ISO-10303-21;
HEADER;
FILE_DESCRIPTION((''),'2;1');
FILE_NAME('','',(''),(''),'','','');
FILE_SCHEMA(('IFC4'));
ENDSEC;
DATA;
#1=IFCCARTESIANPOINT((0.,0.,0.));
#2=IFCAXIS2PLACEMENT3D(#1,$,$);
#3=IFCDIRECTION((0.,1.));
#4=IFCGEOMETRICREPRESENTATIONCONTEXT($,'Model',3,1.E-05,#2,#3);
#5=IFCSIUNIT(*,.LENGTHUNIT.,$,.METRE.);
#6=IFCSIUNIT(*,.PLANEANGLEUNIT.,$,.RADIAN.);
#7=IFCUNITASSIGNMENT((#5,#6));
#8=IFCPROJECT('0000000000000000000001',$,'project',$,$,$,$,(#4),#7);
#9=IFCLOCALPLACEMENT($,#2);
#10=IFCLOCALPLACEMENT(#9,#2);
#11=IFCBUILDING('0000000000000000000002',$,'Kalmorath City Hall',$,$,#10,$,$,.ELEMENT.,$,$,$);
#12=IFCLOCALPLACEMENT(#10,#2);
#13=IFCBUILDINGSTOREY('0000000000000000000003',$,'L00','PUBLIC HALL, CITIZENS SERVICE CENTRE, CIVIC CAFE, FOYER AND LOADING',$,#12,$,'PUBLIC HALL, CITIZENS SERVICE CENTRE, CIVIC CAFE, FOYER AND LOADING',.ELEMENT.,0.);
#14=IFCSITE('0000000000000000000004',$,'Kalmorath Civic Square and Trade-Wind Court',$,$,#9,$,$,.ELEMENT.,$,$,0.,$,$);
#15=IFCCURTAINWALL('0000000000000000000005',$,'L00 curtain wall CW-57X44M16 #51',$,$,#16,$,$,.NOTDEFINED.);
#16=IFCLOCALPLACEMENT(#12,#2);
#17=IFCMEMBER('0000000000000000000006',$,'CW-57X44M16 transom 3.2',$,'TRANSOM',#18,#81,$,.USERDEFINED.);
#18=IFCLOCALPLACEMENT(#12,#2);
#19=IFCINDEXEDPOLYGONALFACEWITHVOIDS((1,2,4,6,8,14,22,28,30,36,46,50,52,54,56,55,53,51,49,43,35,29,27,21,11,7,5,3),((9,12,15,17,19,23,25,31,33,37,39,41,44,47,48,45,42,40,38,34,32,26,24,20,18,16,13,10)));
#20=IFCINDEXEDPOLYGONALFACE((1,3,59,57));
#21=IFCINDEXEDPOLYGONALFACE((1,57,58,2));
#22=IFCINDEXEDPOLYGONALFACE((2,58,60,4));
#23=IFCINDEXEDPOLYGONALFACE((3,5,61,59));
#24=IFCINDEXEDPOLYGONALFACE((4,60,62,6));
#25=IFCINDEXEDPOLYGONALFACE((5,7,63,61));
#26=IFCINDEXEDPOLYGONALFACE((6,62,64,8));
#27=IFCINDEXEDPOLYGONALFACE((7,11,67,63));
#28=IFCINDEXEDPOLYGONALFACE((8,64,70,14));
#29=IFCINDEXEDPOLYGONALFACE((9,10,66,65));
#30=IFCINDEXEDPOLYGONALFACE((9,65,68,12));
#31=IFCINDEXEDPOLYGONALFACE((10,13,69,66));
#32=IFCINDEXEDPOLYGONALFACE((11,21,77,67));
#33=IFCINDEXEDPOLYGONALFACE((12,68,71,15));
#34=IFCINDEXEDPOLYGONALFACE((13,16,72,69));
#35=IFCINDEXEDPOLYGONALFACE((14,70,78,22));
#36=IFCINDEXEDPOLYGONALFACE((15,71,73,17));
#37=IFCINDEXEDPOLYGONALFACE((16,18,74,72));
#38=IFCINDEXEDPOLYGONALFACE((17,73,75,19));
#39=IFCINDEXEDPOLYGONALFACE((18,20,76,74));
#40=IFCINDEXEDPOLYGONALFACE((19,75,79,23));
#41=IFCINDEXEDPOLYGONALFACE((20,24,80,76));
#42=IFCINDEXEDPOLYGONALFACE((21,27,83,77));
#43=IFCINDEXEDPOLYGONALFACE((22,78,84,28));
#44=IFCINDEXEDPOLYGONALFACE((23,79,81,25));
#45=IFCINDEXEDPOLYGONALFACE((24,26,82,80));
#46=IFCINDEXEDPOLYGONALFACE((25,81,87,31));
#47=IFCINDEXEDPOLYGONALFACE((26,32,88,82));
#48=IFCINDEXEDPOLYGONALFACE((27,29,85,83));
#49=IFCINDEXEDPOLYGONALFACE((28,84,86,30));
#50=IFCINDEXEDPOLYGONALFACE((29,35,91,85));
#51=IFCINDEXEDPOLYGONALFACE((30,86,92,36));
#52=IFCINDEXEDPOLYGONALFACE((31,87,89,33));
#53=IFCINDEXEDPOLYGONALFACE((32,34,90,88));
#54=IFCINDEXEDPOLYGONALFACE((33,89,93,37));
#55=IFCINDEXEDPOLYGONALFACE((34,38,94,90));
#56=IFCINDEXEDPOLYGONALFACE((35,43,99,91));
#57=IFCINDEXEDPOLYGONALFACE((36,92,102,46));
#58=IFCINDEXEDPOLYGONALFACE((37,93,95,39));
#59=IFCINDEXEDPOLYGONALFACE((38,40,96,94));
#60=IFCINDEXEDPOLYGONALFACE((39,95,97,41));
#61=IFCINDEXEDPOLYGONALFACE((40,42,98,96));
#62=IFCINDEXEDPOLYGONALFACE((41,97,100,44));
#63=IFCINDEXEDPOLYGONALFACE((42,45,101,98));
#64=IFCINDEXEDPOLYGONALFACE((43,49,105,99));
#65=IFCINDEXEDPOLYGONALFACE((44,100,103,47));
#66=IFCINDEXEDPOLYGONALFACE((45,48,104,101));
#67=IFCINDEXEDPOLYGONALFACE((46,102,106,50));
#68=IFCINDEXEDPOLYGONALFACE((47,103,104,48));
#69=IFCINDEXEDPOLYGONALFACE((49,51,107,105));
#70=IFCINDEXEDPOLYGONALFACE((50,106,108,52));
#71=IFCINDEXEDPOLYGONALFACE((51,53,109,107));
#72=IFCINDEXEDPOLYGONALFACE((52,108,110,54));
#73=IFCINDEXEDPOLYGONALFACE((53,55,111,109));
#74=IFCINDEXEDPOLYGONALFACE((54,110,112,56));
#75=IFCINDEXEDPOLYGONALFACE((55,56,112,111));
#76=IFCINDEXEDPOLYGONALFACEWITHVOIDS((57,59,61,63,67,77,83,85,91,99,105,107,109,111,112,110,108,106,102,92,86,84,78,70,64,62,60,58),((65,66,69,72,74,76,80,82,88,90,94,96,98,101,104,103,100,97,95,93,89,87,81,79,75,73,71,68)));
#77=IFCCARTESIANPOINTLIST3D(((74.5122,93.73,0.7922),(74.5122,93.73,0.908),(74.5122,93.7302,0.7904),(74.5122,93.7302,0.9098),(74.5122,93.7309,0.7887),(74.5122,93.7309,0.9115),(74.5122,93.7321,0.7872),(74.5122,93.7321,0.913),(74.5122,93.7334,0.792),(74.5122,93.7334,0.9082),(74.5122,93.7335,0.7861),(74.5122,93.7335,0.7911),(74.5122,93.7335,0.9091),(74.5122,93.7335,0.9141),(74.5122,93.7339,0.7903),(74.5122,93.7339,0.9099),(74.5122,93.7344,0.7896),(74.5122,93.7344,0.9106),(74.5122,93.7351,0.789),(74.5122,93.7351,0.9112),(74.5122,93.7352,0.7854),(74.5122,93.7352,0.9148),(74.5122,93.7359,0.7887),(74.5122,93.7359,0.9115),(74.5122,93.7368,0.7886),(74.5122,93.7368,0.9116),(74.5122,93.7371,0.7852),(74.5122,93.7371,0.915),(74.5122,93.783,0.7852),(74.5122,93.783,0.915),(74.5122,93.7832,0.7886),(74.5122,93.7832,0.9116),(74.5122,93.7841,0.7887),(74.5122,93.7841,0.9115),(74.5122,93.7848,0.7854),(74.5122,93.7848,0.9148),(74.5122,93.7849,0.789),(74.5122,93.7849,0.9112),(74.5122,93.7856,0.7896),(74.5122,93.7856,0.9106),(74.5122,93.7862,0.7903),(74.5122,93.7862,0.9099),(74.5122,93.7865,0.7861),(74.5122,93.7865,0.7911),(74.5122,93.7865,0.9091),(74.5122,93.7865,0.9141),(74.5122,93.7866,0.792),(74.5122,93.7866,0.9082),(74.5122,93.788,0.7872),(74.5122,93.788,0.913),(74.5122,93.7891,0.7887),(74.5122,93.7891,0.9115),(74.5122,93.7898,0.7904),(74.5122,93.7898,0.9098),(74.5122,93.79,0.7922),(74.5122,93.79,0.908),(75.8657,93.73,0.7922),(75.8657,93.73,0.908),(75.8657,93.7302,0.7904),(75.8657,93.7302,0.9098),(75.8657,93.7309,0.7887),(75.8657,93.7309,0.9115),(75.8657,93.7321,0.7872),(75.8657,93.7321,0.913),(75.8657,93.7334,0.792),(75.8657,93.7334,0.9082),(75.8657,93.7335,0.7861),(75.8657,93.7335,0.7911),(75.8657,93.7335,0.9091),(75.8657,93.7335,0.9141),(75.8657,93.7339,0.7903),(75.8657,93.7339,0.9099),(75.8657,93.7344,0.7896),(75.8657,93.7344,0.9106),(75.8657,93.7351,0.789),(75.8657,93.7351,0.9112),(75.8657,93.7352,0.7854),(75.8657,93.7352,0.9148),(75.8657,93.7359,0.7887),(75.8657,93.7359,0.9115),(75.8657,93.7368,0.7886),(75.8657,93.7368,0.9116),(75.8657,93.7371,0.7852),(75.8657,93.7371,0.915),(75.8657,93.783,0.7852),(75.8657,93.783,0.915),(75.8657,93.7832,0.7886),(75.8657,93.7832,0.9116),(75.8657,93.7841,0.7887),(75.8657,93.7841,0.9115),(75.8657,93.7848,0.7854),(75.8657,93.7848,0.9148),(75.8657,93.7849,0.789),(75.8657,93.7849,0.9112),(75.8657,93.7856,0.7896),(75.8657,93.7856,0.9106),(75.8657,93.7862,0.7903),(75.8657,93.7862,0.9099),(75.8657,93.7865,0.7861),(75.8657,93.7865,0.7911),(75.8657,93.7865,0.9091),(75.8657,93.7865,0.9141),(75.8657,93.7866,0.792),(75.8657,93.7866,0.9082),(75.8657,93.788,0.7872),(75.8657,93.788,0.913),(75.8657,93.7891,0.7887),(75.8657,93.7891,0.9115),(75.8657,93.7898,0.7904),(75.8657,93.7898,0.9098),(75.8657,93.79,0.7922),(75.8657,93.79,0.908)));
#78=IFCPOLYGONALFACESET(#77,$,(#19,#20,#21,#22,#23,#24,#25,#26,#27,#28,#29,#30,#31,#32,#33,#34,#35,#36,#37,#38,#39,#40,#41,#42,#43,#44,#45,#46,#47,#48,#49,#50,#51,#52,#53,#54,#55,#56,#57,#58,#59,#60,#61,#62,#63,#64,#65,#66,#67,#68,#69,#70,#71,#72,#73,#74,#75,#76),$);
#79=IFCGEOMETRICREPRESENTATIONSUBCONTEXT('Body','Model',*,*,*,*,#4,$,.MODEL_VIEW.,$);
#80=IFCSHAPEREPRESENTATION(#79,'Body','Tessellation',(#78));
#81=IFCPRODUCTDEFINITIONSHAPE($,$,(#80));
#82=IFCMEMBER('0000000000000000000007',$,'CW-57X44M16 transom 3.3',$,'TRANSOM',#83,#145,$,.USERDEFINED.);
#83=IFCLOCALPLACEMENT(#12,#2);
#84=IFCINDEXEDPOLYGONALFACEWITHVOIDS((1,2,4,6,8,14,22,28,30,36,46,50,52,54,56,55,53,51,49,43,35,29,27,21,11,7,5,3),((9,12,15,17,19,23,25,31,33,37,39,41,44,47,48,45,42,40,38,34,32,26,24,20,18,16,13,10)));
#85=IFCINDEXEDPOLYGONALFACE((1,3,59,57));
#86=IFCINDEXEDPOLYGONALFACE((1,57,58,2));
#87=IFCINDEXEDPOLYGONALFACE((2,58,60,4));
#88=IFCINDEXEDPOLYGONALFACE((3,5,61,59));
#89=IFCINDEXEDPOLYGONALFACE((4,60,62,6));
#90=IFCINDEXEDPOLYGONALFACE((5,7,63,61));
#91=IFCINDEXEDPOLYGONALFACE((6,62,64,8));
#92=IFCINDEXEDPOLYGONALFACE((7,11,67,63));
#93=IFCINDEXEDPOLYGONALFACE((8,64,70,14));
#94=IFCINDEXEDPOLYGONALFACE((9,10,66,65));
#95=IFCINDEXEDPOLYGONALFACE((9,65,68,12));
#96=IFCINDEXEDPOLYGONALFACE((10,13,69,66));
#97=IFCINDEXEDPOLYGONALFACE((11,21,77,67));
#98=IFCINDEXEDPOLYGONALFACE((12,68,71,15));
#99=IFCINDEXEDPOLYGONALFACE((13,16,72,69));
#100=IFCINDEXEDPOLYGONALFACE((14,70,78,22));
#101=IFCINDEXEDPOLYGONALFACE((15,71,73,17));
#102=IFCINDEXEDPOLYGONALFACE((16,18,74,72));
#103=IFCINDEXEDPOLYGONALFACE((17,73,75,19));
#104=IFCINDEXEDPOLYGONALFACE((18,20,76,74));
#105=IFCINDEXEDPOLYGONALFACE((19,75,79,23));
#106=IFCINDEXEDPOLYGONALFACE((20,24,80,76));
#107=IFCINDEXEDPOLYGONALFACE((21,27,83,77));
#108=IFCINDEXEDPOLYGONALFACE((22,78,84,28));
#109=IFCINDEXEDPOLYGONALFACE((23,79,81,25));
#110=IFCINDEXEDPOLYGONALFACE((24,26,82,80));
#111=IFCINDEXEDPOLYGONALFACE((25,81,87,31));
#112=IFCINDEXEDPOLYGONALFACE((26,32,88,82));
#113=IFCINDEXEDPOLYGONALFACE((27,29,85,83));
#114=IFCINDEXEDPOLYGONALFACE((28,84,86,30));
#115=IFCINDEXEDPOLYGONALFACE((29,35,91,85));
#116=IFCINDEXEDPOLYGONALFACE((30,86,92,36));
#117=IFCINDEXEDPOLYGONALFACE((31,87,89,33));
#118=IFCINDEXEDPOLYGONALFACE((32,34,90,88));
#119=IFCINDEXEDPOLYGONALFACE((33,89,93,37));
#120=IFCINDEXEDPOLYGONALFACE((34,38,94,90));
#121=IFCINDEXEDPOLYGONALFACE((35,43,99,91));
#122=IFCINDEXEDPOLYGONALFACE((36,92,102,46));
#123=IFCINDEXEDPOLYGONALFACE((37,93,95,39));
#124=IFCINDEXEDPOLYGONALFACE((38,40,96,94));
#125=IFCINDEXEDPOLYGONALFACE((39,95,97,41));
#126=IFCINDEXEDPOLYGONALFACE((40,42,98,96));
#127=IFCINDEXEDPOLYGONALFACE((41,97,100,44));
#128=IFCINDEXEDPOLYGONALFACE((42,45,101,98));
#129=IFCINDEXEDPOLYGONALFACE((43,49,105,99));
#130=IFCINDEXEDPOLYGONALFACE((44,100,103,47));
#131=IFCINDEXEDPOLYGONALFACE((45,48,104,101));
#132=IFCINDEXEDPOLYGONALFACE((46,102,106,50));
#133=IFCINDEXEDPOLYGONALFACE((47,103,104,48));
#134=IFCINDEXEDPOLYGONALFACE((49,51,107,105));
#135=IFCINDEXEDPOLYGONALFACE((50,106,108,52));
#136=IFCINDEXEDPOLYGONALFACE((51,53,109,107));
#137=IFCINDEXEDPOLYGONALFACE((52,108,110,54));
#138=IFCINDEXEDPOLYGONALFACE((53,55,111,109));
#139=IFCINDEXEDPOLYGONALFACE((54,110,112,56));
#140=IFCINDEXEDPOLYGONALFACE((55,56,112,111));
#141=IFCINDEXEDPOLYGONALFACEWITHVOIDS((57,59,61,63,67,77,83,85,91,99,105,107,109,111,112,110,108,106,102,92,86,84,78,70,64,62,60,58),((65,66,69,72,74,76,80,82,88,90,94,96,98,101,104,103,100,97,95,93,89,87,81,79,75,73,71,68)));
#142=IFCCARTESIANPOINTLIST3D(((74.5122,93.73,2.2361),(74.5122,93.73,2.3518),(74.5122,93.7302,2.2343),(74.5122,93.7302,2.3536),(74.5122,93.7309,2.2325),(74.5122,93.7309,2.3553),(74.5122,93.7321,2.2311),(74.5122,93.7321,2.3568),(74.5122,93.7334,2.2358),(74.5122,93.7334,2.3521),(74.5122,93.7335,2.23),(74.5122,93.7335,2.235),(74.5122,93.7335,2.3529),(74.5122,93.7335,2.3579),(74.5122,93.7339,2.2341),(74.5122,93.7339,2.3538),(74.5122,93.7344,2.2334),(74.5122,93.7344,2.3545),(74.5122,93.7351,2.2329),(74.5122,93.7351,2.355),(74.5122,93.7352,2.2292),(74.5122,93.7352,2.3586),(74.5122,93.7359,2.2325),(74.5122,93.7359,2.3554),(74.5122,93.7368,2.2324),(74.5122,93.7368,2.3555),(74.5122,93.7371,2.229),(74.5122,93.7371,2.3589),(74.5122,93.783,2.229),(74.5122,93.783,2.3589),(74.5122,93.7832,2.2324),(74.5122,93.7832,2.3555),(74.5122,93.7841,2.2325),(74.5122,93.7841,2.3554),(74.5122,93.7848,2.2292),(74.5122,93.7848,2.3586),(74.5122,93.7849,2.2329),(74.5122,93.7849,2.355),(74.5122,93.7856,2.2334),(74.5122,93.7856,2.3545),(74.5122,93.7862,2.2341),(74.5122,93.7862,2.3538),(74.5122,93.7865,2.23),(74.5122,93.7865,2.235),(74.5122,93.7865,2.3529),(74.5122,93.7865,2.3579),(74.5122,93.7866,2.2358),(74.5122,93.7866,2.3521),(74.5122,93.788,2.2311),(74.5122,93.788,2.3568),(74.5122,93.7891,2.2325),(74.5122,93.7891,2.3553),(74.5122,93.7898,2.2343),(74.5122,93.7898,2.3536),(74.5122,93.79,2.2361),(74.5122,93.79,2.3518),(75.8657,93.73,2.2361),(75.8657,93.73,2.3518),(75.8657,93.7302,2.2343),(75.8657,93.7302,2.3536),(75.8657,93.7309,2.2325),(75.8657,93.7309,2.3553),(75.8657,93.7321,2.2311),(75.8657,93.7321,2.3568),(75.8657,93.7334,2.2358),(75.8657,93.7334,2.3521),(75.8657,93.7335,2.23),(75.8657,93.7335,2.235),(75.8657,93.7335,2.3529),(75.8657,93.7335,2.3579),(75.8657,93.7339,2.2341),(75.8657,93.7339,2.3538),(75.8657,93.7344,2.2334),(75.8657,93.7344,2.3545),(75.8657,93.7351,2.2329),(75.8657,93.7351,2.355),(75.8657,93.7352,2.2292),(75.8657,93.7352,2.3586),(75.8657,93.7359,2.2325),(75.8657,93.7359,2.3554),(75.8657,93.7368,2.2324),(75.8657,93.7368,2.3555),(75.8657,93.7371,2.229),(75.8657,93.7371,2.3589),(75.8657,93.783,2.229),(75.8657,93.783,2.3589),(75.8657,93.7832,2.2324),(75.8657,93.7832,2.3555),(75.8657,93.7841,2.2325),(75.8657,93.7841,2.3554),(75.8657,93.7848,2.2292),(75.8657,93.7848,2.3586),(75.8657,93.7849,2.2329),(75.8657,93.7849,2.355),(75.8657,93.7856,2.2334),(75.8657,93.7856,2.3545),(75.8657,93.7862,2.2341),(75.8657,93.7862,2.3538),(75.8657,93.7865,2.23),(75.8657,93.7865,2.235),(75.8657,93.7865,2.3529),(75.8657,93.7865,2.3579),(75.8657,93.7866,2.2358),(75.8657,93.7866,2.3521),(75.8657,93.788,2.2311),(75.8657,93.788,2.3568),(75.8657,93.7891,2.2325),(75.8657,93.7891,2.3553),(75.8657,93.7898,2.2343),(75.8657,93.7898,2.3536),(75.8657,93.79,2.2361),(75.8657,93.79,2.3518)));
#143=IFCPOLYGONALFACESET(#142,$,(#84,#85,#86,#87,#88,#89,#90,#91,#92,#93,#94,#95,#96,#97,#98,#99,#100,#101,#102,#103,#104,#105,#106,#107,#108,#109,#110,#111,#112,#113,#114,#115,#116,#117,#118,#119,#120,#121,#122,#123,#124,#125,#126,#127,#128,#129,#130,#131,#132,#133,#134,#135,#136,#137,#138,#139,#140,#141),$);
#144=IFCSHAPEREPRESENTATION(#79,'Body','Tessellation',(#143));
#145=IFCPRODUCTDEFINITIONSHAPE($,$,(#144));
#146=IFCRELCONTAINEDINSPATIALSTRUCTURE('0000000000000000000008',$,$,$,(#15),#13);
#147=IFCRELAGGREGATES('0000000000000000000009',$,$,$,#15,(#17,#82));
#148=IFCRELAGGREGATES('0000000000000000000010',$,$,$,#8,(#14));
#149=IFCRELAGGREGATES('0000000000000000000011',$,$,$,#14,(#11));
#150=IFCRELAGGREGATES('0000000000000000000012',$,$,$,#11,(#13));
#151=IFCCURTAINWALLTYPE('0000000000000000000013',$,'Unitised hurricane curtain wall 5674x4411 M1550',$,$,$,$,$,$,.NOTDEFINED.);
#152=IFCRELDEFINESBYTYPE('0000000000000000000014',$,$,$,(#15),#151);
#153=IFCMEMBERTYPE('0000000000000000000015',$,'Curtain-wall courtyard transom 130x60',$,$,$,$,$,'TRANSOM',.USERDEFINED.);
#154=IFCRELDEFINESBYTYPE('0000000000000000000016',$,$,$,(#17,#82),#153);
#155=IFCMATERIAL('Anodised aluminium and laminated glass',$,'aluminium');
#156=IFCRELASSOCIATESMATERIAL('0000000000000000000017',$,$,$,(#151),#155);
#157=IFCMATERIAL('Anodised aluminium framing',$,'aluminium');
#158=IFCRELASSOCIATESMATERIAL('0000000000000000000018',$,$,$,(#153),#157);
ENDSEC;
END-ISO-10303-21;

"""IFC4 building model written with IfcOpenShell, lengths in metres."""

from ifc_helpers import new_model, si_unit, direction, frame, origin, origin_2d, place, context, subcontext, project, spatial, hollow_rectangle, extrude, material, material_profile, profile_set, type_object, element, aggregate, save


model = new_model("IFC4")

# Units and contexts
model_context = context("Model", 3, precision=1e-05, world=origin(), true_north=direction((0.0, 1.0)))
body_context = subcontext(model_context, "Body", "Model", "MODEL_VIEW")
ifc_project = project(units=[si_unit("LENGTHUNIT", "METRE"), si_unit("PLANEANGLEUNIT", "RADIAN")], contexts=[model_context])

# Site, building, storey
site_placement = place(None, origin())
site = spatial("IfcSite", under=ifc_project, at=site_placement, Name="Kalmorath Civic Square and Trade-Wind Court", CompositionType="ELEMENT", RefElevation=0.0)
building_placement = place(site_placement, origin())
building = spatial("IfcBuilding", under=site, at=building_placement, Name="Kalmorath City Hall", CompositionType="ELEMENT")
storey_placement = place(building_placement, origin())
storey = spatial("IfcBuildingStorey", under=building, at=storey_placement, Name="L00", Description="PUBLIC HALL, CITIZENS SERVICE CENTRE, CIVIC CAFE, FOYER AND LOADING", LongName="PUBLIC HALL, CITIZENS SERVICE CENTRE, CIVIC CAFE, FOYER AND LOADING", CompositionType="ELEMENT", Elevation=0.0)

# Curtain wall, members
ifc_material_1 = material(Name="Anodised aluminium and laminated glass", Category="aluminium")
curtain_wall_type = type_object("IfcCurtainWallType", Name="Unitised hurricane curtain wall 5674x4411 M1550", PredefinedType="NOTDEFINED", material=ifc_material_1)
curtain_wall_placement = place(storey_placement, origin())
curtain_wall = element("IfcCurtainWall", 1, at=curtain_wall_placement, inside=storey, type_object=curtain_wall_type, Name="L00 curtain wall CW-57X44M16 #51", PredefinedType="NOTDEFINED")
ifc_material_2 = material(Name="Anodised aluminium framing", Category="aluminium")
ifc_material_profile_1 = material_profile(ifc_material_2, hollow_rectangle(XDim=0.0601, YDim=0.1299, WallThickness=0.0034, InnerFilletRadius=0.0034, OuterFilletRadius=0.0071, at=origin_2d()), Name="ALU-TRN-130X60X3.5")
ifc_profile_set_1 = profile_set([ifc_material_profile_1], Name="Anodised aluminium framing")
member_type_1 = type_object("IfcMemberType", Name="Curtain-wall courtyard transom 130x60", ElementType="TRANSOM", PredefinedType="USERDEFINED", material=ifc_profile_set_1)
member_1_placement = place(storey_placement, frame((75.8657, 93.76, 0.8501), z_axis=(-1.0, 0.0, 0.0), x_axis=(0.0, -1.0, 0.0)))
member_1 = element("IfcMember", 2, at=member_1_placement, type_object=member_type_1, Name="CW-57X44M16 transom 3.2", ObjectType="TRANSOM", PredefinedType="USERDEFINED", context=body_context, shape_type="SweptSolid", body=[
    extrude(hollow_rectangle(XDim=0.0601, YDim=0.1299, WallThickness=0.0034, InnerFilletRadius=0.0034, OuterFilletRadius=0.0071, at=origin_2d()), origin(), (0.0, 0.0, 1.0), 1.3535),
])
member_2_placement = place(storey_placement, frame((75.8657, 93.76, 2.2939), z_axis=(-1.0, 0.0, 0.0), x_axis=(0.0, -1.0, 0.0)))
member_2 = element("IfcMember", 3, at=member_2_placement, type_object=member_type_1, Name="CW-57X44M16 transom 3.3", ObjectType="TRANSOM", PredefinedType="USERDEFINED", context=body_context, shape_type="SweptSolid", body=[
    extrude(hollow_rectangle(XDim=0.0601, YDim=0.1299, WallThickness=0.0034, InnerFilletRadius=0.0034, OuterFilletRadius=0.0071, at=origin_2d()), origin(), (0.0, 0.0, 1.0), 1.3535),
])

aggregate(curtain_wall, [member_1, member_2])

save(model, "model.ifc")
